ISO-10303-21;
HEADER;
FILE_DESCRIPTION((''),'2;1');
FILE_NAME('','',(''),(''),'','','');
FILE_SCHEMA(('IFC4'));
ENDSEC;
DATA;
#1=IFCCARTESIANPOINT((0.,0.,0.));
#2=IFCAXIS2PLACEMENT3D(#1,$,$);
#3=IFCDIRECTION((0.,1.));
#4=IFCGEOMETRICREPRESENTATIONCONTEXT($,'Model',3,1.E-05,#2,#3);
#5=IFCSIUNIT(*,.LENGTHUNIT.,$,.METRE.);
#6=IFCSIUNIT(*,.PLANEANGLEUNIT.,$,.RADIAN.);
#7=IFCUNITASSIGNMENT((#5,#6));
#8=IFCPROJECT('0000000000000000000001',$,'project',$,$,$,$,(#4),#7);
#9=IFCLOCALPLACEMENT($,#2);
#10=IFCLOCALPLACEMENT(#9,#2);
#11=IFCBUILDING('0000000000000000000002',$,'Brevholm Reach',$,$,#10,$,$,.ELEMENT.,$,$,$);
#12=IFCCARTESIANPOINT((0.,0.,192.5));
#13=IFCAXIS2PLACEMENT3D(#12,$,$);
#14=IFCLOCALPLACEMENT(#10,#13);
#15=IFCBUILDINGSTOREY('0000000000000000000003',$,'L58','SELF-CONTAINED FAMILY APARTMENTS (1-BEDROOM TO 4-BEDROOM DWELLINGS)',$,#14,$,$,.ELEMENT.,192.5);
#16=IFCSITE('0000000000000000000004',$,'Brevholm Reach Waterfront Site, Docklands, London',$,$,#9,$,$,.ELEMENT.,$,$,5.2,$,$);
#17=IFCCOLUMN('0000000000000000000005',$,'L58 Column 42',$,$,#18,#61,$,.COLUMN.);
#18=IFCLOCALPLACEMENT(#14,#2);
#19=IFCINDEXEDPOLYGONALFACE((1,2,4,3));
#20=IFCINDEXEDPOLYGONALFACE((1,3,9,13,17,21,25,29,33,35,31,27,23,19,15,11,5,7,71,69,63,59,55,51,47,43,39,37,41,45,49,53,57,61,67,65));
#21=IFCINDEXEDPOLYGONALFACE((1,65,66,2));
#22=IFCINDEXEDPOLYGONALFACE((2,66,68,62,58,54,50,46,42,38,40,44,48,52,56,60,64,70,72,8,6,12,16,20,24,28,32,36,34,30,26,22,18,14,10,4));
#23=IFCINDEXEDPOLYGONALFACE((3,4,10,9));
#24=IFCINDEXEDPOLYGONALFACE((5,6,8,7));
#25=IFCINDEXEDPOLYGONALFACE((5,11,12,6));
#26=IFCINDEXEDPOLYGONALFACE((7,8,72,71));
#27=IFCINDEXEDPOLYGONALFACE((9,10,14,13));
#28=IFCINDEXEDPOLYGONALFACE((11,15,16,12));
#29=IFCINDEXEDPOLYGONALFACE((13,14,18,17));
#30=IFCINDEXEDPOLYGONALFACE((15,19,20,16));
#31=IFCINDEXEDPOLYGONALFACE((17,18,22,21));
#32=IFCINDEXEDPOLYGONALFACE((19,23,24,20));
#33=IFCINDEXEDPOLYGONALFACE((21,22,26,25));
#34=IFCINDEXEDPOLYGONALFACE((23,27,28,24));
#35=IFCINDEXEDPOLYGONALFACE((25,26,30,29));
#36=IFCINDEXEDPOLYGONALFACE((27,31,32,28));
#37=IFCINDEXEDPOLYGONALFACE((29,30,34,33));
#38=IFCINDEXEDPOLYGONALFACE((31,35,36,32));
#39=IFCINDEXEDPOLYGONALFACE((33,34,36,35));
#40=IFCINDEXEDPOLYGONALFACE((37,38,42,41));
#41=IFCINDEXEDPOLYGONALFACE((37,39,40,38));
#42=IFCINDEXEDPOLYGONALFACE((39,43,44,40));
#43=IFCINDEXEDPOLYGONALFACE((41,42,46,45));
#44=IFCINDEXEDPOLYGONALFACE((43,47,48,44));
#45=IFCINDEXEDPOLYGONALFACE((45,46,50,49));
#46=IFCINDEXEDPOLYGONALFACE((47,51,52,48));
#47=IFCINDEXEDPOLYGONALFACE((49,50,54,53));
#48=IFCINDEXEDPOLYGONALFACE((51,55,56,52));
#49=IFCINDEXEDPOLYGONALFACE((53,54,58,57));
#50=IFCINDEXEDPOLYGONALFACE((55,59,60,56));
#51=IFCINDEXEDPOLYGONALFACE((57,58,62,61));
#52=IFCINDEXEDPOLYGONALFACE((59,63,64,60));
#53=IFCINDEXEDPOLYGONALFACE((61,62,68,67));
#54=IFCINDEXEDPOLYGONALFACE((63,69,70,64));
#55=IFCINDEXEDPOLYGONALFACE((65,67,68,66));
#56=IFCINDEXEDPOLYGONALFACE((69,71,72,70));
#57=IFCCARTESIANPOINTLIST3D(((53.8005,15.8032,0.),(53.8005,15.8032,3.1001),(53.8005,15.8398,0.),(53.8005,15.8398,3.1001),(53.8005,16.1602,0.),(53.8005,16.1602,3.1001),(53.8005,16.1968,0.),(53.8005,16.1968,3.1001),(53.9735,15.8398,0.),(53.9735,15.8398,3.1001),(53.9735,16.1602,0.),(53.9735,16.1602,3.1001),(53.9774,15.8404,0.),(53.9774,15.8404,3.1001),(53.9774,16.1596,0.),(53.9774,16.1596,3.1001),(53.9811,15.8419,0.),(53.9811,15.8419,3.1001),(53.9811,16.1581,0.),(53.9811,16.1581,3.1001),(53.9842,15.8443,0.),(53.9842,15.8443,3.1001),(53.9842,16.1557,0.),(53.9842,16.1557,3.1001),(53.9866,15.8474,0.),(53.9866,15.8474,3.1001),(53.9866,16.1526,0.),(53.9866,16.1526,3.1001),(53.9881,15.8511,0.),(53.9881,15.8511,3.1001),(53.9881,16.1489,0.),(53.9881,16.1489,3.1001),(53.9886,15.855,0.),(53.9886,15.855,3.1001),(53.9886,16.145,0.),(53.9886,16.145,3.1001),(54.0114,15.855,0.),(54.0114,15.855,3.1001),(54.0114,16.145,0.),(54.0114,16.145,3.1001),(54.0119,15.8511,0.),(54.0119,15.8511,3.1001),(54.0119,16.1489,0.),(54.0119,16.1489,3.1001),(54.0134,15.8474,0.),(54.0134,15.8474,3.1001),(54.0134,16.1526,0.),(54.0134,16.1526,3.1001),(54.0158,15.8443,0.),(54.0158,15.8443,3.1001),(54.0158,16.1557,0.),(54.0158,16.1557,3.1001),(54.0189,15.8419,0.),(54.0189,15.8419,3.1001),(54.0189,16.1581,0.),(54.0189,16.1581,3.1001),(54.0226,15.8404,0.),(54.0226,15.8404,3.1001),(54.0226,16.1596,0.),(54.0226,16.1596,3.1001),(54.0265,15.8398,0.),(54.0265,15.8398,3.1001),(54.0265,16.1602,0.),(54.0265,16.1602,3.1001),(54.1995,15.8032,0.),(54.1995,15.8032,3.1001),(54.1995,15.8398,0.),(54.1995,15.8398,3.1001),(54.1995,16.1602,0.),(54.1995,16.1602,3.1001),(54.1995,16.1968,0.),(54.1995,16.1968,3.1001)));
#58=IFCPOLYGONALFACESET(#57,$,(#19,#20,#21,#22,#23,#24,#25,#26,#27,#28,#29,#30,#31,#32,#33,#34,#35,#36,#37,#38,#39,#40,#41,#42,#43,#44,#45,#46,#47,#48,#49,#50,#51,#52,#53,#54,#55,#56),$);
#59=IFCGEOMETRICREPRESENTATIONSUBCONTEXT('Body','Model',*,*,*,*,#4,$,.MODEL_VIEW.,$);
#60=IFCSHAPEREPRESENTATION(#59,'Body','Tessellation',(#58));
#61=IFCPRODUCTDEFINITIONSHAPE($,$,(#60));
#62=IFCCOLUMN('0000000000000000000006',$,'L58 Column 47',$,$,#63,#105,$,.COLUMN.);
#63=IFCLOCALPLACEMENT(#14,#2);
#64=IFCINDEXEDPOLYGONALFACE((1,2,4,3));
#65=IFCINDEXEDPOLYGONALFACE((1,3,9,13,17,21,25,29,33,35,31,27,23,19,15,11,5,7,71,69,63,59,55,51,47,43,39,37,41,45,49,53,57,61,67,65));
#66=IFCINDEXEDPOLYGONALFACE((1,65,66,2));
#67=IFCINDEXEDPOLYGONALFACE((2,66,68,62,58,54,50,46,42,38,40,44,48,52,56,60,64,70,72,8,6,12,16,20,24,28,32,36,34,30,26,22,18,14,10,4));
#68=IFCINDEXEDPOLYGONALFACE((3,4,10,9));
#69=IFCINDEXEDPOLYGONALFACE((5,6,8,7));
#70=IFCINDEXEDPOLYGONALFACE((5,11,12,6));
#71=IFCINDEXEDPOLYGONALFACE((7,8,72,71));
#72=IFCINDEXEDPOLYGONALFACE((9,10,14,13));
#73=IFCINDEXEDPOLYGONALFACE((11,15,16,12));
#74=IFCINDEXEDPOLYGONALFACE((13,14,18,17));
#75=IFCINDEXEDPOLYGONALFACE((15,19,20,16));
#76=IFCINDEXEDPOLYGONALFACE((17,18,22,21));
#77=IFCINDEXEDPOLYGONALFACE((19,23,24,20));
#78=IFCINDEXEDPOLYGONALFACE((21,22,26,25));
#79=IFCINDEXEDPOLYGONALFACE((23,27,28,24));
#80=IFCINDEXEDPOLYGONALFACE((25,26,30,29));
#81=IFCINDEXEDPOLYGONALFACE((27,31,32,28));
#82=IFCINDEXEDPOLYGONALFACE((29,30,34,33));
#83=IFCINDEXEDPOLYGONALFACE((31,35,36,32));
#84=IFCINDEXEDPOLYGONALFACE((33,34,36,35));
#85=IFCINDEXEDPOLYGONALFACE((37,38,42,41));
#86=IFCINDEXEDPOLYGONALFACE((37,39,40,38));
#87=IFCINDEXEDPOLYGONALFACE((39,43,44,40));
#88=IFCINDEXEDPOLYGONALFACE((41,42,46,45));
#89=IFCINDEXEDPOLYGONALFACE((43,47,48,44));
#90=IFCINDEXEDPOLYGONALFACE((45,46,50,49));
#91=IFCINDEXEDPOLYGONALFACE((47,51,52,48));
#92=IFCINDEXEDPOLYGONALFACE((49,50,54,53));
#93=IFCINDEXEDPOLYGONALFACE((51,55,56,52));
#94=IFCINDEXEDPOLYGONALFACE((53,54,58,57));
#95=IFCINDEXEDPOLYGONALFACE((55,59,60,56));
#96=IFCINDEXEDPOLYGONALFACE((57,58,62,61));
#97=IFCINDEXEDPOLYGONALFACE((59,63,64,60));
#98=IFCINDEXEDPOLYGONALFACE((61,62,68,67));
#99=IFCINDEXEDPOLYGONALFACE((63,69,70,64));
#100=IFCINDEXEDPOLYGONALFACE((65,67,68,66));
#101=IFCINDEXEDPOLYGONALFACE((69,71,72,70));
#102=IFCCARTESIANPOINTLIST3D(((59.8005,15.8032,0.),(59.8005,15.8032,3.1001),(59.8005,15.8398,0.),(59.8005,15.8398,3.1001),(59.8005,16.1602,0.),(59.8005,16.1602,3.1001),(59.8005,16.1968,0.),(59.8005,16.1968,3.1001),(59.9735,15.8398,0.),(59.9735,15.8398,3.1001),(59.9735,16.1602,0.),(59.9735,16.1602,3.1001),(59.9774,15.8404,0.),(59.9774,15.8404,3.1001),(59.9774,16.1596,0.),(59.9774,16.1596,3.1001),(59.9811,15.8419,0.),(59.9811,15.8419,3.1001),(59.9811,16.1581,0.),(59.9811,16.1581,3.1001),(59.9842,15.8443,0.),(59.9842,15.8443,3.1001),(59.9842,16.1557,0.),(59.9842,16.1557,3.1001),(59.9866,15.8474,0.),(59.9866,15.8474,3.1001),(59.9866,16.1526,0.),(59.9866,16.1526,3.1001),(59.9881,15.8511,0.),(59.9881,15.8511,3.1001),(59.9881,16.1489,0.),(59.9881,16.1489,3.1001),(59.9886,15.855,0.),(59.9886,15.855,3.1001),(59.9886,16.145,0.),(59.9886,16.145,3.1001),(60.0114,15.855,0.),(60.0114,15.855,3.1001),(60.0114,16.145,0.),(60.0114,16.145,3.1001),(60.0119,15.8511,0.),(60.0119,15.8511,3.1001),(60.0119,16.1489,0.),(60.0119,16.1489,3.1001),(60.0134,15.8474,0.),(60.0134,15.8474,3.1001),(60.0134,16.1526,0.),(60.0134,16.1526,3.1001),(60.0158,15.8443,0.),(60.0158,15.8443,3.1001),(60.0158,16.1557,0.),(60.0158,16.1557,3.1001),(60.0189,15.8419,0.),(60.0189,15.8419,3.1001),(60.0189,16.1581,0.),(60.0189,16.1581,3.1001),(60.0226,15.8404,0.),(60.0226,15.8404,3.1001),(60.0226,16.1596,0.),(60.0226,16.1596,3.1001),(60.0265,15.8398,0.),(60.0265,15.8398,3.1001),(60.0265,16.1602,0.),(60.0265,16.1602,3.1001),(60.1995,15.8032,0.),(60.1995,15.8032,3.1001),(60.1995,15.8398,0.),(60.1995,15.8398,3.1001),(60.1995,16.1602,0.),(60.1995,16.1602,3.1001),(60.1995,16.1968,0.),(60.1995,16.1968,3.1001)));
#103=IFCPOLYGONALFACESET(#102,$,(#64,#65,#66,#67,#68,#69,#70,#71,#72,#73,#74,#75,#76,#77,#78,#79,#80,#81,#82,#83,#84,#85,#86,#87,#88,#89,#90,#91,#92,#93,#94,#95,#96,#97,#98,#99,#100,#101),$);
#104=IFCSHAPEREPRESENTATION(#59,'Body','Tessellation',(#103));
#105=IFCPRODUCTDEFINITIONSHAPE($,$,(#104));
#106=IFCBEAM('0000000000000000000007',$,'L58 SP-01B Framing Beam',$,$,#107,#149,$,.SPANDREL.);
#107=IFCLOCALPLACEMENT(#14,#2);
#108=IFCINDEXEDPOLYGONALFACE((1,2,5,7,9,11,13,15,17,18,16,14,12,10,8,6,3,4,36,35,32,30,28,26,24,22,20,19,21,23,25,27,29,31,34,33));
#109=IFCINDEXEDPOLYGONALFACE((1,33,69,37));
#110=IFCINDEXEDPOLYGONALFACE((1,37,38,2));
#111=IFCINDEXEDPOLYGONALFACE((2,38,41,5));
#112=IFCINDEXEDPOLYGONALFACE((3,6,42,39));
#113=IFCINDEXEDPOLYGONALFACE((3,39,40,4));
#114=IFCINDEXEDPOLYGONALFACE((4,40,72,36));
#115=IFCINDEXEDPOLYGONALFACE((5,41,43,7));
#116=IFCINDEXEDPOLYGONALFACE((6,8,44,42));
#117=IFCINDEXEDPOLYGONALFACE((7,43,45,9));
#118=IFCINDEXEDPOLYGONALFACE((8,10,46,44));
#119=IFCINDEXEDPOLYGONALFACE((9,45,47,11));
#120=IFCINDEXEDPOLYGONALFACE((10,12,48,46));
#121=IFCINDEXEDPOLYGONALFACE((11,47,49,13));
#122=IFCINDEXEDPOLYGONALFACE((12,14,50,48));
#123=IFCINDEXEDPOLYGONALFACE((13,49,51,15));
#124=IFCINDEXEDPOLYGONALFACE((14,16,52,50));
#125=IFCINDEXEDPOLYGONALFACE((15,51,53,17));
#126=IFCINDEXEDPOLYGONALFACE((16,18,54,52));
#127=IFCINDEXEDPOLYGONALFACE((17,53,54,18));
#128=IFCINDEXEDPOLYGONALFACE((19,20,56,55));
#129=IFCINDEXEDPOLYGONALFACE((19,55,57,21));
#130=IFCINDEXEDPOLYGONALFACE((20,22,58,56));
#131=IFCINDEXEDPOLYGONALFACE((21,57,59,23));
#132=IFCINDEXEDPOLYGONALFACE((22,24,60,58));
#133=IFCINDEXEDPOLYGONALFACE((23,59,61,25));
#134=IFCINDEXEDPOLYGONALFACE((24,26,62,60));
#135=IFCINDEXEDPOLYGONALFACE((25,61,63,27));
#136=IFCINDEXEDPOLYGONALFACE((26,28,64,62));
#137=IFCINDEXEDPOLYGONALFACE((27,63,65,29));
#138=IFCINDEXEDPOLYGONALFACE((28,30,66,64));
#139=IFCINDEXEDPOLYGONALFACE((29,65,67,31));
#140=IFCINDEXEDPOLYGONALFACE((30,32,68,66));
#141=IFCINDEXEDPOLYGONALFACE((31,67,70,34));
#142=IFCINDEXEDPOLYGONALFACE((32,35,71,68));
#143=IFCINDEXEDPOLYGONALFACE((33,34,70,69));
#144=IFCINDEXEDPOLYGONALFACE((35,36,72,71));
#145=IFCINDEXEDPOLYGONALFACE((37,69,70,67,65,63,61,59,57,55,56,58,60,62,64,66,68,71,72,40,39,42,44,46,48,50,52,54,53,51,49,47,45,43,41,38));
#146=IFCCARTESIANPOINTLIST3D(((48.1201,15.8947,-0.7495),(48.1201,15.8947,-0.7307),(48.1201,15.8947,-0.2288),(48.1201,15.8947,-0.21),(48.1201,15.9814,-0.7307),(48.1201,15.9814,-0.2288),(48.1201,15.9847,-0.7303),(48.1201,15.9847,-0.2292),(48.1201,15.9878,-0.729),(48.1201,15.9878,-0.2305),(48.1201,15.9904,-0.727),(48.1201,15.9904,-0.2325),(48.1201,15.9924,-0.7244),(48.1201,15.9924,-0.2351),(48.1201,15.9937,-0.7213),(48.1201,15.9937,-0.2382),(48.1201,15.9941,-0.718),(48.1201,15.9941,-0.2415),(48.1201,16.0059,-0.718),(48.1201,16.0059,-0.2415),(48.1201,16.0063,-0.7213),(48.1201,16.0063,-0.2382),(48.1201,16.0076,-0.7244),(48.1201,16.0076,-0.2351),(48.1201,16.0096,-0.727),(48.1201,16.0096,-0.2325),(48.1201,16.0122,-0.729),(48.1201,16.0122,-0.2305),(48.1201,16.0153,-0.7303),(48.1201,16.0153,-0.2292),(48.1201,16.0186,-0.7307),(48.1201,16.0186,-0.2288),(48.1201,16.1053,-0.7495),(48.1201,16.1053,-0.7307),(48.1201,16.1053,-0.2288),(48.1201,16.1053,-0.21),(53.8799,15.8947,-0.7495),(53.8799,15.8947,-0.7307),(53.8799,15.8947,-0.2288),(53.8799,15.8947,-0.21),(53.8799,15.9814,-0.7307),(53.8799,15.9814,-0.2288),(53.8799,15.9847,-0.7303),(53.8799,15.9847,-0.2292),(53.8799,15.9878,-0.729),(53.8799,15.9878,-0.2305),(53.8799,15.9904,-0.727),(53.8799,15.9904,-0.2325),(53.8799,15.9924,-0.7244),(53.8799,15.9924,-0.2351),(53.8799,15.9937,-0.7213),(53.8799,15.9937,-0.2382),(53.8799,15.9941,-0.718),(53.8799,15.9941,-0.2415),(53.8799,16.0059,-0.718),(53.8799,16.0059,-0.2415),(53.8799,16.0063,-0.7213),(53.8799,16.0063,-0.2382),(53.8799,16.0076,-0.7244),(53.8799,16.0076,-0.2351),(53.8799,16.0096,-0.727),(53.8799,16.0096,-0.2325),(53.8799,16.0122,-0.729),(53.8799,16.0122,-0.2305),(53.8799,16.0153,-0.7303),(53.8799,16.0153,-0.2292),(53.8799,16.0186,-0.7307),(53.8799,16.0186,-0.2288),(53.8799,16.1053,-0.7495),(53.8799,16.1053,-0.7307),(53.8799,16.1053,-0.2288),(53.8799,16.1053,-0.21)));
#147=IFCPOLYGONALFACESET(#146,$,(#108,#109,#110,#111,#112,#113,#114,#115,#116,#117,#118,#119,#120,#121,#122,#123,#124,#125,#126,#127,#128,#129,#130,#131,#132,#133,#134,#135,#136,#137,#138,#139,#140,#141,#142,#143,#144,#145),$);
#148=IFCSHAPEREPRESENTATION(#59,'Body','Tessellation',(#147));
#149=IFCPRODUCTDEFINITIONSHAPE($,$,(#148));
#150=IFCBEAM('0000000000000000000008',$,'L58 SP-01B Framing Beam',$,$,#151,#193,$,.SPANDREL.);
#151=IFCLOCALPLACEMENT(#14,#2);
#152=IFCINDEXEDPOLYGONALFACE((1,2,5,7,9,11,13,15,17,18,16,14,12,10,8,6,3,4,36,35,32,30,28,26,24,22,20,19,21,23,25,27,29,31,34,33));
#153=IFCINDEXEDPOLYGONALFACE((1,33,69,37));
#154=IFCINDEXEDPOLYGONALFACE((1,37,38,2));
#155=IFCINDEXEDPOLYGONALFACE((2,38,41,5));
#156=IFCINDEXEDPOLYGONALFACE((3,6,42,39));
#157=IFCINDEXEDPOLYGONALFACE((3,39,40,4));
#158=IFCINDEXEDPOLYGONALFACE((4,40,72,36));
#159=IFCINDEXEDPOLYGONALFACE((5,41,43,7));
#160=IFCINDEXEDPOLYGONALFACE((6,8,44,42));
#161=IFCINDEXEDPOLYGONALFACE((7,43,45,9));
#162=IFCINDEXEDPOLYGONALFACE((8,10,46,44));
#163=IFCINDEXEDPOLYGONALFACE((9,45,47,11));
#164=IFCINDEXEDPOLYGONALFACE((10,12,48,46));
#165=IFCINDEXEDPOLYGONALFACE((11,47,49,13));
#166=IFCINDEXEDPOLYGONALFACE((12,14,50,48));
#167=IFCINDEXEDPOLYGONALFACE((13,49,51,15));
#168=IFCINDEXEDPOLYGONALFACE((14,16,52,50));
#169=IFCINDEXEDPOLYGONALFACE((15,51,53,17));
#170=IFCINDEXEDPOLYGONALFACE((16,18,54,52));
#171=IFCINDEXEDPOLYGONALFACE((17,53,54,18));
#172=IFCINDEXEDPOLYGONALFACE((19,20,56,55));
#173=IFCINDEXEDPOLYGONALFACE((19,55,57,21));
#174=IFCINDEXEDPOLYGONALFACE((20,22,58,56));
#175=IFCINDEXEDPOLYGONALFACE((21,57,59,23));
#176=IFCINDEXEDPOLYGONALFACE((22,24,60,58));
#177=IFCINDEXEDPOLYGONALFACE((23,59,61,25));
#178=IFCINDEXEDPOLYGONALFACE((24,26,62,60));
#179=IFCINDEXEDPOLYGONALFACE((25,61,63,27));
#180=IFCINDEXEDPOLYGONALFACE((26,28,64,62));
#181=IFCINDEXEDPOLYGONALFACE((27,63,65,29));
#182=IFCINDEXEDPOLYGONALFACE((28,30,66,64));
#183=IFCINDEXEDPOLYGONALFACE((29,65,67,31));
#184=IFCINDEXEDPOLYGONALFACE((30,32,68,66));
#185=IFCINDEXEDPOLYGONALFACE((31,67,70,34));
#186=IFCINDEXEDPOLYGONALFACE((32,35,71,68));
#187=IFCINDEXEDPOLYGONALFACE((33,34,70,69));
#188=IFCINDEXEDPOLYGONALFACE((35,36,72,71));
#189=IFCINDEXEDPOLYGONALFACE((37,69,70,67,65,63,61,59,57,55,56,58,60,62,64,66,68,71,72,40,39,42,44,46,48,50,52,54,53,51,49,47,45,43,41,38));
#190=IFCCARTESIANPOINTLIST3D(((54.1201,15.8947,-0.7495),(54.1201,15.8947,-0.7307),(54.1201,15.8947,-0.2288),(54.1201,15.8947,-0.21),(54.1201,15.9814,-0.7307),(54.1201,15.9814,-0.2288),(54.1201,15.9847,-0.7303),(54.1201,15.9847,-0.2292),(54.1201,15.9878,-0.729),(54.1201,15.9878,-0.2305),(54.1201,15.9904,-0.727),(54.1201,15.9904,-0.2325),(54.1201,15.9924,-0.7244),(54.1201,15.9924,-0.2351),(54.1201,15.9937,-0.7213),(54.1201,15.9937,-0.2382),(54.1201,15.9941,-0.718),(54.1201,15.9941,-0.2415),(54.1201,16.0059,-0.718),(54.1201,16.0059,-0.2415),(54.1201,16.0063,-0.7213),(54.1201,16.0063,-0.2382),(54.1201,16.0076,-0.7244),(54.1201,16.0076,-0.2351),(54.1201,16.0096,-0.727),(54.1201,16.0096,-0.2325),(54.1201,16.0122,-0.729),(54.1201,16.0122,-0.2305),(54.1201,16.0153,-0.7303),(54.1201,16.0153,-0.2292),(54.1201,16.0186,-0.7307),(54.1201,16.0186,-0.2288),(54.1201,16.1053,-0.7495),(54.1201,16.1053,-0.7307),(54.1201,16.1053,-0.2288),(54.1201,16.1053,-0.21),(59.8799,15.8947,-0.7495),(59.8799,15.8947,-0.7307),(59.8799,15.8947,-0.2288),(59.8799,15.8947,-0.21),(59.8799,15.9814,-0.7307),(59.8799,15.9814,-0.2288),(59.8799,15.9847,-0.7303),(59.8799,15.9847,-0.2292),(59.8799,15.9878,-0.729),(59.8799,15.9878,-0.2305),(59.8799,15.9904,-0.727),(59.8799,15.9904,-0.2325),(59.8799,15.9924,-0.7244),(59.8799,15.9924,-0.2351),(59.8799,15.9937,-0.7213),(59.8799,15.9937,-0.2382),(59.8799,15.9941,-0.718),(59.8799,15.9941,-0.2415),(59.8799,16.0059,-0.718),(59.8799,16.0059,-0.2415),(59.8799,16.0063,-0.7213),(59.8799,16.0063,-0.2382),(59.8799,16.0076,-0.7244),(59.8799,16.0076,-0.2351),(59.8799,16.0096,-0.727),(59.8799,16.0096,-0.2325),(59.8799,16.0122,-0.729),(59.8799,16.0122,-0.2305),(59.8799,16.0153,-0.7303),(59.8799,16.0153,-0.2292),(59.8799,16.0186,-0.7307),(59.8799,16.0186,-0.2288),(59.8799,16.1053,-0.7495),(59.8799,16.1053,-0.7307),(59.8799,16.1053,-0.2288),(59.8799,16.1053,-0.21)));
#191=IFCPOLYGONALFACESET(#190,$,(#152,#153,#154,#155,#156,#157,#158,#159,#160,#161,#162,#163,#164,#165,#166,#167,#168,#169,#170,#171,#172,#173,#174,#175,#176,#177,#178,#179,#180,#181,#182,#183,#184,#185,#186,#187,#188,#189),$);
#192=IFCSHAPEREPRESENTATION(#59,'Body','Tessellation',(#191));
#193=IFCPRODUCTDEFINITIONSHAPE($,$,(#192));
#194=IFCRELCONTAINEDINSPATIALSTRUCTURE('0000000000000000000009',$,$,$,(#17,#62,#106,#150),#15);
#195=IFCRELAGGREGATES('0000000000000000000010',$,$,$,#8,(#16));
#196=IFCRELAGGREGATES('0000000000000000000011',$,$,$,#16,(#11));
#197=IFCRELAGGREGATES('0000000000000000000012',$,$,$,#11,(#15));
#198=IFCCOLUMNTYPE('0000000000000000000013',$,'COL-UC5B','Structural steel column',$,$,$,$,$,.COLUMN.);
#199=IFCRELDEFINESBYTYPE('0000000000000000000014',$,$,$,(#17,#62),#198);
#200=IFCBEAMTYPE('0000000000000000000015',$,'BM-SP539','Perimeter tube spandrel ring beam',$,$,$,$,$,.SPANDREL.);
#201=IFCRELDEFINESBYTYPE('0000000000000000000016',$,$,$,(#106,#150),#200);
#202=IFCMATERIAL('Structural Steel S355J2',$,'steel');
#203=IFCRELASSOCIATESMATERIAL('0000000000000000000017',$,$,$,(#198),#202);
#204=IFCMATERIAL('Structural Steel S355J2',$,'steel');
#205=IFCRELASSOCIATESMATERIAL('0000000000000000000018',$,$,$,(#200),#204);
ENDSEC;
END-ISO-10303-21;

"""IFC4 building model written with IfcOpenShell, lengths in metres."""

from ifc_helpers import new_model, si_unit, direction, frame, origin, origin_2d, place, context, subcontext, project, spatial, i_section, extrude, material, material_profile, profile_set, type_object, element, save


model = new_model("IFC4")

# Units and contexts
model_context = context("Model", 3, precision=1e-05, world=origin(), true_north=direction((0.0, 1.0)))
body_context = subcontext(model_context, "Body", "Model", "MODEL_VIEW")
ifc_project = project(units=[si_unit("LENGTHUNIT", "METRE"), si_unit("PLANEANGLEUNIT", "RADIAN")], contexts=[model_context])

# Site, building, storey
site_placement = place(None, origin())
site = spatial("IfcSite", under=ifc_project, at=site_placement, Name="Brevholm Reach Waterfront Site, Docklands, London", CompositionType="ELEMENT", RefElevation=5.2)
building_placement = place(site_placement, origin())
building = spatial("IfcBuilding", under=site, at=building_placement, Name="Brevholm Reach", CompositionType="ELEMENT")
storey_placement = place(building_placement, frame((0.0, 0.0, 192.5)))
storey = spatial("IfcBuildingStorey", under=building, at=storey_placement, Name="L58", Description="SELF-CONTAINED FAMILY APARTMENTS (1-BEDROOM TO 4-BEDROOM DWELLINGS)", CompositionType="ELEMENT", Elevation=192.5)

# Columns
ifc_material_1 = material(Name="Structural Steel S355J2", Category="steel")
ifc_material_profile_1 = material_profile(ifc_material_1, i_section(OverallWidth=0.3989, OverallDepth=0.3936, WebThickness=0.0227, FlangeThickness=0.0366, FilletRadius=0.0151, at=origin_2d()), Name="UKC 356x406x287")
ifc_profile_set_1 = profile_set([ifc_material_profile_1], Name="Structural Steel S355J2")
column_type = type_object("IfcColumnType", Name="COL-UC5B", Description="Structural steel column", PredefinedType="COLUMN", material=ifc_profile_set_1)
for number, where, z_axis, x_axis, name in (
    (1, (54.0, 16.0, 0.0), (0.0, 0.0, 1.0), (1.0, 0.0, 0.0), "L58 Column 42"),
    (2, (60.0, 16.0, 0.0), (0.0, 0.0, 1.0), (1.0, 0.0, 0.0), "L58 Column 47"),
):
    element("IfcColumn", number, at=place(storey_placement, frame(where, z_axis=z_axis, x_axis=x_axis)), inside=storey, type_object=column_type, Name=name, PredefinedType="COLUMN", context=body_context, shape_type="SweptSolid", body=[
        extrude(i_section(OverallWidth=0.3989, OverallDepth=0.3936, WebThickness=0.0227, FlangeThickness=0.0366, FilletRadius=0.0151, at=origin_2d()), origin(), (0.0, 0.0, 1.0), 3.1001),
    ])

# Beams
ifc_material_2 = material(Name="Structural Steel S355J2", Category="steel")
ifc_material_profile_2 = material_profile(ifc_material_2, i_section(OverallWidth=0.2107, OverallDepth=0.5396, WebThickness=0.0117, FlangeThickness=0.0188, FilletRadius=0.0127, at=origin_2d()), Name="UKB 533x210x109")
ifc_profile_set_2 = profile_set([ifc_material_profile_2], Name="Structural Steel S355J2")
beam_type = type_object("IfcBeamType", Name="BM-SP539", Description="Perimeter tube spandrel ring beam", PredefinedType="SPANDREL", material=ifc_profile_set_2)
for number, where, z_axis, x_axis, name in (
    (3, (48.1201, 16.0, -0.4797), (1.0, 0.0, 0.0), (0.0, 1.0, 0.0), "L58 SP-01B Framing Beam"),
    (4, (54.1201, 16.0, -0.4797), (1.0, 0.0, 0.0), (0.0, 1.0, 0.0), "L58 SP-01B Framing Beam"),
):
    element("IfcBeam", number, at=place(storey_placement, frame(where, z_axis=z_axis, x_axis=x_axis)), inside=storey, type_object=beam_type, Name=name, PredefinedType="SPANDREL", context=body_context, shape_type="SweptSolid", body=[
        extrude(i_section(OverallWidth=0.2107, OverallDepth=0.5396, WebThickness=0.0117, FlangeThickness=0.0188, FilletRadius=0.0127, at=origin_2d()), origin(), (0.0, 0.0, 1.0), 5.7598),
    ])

save(model, "model.ifc")
